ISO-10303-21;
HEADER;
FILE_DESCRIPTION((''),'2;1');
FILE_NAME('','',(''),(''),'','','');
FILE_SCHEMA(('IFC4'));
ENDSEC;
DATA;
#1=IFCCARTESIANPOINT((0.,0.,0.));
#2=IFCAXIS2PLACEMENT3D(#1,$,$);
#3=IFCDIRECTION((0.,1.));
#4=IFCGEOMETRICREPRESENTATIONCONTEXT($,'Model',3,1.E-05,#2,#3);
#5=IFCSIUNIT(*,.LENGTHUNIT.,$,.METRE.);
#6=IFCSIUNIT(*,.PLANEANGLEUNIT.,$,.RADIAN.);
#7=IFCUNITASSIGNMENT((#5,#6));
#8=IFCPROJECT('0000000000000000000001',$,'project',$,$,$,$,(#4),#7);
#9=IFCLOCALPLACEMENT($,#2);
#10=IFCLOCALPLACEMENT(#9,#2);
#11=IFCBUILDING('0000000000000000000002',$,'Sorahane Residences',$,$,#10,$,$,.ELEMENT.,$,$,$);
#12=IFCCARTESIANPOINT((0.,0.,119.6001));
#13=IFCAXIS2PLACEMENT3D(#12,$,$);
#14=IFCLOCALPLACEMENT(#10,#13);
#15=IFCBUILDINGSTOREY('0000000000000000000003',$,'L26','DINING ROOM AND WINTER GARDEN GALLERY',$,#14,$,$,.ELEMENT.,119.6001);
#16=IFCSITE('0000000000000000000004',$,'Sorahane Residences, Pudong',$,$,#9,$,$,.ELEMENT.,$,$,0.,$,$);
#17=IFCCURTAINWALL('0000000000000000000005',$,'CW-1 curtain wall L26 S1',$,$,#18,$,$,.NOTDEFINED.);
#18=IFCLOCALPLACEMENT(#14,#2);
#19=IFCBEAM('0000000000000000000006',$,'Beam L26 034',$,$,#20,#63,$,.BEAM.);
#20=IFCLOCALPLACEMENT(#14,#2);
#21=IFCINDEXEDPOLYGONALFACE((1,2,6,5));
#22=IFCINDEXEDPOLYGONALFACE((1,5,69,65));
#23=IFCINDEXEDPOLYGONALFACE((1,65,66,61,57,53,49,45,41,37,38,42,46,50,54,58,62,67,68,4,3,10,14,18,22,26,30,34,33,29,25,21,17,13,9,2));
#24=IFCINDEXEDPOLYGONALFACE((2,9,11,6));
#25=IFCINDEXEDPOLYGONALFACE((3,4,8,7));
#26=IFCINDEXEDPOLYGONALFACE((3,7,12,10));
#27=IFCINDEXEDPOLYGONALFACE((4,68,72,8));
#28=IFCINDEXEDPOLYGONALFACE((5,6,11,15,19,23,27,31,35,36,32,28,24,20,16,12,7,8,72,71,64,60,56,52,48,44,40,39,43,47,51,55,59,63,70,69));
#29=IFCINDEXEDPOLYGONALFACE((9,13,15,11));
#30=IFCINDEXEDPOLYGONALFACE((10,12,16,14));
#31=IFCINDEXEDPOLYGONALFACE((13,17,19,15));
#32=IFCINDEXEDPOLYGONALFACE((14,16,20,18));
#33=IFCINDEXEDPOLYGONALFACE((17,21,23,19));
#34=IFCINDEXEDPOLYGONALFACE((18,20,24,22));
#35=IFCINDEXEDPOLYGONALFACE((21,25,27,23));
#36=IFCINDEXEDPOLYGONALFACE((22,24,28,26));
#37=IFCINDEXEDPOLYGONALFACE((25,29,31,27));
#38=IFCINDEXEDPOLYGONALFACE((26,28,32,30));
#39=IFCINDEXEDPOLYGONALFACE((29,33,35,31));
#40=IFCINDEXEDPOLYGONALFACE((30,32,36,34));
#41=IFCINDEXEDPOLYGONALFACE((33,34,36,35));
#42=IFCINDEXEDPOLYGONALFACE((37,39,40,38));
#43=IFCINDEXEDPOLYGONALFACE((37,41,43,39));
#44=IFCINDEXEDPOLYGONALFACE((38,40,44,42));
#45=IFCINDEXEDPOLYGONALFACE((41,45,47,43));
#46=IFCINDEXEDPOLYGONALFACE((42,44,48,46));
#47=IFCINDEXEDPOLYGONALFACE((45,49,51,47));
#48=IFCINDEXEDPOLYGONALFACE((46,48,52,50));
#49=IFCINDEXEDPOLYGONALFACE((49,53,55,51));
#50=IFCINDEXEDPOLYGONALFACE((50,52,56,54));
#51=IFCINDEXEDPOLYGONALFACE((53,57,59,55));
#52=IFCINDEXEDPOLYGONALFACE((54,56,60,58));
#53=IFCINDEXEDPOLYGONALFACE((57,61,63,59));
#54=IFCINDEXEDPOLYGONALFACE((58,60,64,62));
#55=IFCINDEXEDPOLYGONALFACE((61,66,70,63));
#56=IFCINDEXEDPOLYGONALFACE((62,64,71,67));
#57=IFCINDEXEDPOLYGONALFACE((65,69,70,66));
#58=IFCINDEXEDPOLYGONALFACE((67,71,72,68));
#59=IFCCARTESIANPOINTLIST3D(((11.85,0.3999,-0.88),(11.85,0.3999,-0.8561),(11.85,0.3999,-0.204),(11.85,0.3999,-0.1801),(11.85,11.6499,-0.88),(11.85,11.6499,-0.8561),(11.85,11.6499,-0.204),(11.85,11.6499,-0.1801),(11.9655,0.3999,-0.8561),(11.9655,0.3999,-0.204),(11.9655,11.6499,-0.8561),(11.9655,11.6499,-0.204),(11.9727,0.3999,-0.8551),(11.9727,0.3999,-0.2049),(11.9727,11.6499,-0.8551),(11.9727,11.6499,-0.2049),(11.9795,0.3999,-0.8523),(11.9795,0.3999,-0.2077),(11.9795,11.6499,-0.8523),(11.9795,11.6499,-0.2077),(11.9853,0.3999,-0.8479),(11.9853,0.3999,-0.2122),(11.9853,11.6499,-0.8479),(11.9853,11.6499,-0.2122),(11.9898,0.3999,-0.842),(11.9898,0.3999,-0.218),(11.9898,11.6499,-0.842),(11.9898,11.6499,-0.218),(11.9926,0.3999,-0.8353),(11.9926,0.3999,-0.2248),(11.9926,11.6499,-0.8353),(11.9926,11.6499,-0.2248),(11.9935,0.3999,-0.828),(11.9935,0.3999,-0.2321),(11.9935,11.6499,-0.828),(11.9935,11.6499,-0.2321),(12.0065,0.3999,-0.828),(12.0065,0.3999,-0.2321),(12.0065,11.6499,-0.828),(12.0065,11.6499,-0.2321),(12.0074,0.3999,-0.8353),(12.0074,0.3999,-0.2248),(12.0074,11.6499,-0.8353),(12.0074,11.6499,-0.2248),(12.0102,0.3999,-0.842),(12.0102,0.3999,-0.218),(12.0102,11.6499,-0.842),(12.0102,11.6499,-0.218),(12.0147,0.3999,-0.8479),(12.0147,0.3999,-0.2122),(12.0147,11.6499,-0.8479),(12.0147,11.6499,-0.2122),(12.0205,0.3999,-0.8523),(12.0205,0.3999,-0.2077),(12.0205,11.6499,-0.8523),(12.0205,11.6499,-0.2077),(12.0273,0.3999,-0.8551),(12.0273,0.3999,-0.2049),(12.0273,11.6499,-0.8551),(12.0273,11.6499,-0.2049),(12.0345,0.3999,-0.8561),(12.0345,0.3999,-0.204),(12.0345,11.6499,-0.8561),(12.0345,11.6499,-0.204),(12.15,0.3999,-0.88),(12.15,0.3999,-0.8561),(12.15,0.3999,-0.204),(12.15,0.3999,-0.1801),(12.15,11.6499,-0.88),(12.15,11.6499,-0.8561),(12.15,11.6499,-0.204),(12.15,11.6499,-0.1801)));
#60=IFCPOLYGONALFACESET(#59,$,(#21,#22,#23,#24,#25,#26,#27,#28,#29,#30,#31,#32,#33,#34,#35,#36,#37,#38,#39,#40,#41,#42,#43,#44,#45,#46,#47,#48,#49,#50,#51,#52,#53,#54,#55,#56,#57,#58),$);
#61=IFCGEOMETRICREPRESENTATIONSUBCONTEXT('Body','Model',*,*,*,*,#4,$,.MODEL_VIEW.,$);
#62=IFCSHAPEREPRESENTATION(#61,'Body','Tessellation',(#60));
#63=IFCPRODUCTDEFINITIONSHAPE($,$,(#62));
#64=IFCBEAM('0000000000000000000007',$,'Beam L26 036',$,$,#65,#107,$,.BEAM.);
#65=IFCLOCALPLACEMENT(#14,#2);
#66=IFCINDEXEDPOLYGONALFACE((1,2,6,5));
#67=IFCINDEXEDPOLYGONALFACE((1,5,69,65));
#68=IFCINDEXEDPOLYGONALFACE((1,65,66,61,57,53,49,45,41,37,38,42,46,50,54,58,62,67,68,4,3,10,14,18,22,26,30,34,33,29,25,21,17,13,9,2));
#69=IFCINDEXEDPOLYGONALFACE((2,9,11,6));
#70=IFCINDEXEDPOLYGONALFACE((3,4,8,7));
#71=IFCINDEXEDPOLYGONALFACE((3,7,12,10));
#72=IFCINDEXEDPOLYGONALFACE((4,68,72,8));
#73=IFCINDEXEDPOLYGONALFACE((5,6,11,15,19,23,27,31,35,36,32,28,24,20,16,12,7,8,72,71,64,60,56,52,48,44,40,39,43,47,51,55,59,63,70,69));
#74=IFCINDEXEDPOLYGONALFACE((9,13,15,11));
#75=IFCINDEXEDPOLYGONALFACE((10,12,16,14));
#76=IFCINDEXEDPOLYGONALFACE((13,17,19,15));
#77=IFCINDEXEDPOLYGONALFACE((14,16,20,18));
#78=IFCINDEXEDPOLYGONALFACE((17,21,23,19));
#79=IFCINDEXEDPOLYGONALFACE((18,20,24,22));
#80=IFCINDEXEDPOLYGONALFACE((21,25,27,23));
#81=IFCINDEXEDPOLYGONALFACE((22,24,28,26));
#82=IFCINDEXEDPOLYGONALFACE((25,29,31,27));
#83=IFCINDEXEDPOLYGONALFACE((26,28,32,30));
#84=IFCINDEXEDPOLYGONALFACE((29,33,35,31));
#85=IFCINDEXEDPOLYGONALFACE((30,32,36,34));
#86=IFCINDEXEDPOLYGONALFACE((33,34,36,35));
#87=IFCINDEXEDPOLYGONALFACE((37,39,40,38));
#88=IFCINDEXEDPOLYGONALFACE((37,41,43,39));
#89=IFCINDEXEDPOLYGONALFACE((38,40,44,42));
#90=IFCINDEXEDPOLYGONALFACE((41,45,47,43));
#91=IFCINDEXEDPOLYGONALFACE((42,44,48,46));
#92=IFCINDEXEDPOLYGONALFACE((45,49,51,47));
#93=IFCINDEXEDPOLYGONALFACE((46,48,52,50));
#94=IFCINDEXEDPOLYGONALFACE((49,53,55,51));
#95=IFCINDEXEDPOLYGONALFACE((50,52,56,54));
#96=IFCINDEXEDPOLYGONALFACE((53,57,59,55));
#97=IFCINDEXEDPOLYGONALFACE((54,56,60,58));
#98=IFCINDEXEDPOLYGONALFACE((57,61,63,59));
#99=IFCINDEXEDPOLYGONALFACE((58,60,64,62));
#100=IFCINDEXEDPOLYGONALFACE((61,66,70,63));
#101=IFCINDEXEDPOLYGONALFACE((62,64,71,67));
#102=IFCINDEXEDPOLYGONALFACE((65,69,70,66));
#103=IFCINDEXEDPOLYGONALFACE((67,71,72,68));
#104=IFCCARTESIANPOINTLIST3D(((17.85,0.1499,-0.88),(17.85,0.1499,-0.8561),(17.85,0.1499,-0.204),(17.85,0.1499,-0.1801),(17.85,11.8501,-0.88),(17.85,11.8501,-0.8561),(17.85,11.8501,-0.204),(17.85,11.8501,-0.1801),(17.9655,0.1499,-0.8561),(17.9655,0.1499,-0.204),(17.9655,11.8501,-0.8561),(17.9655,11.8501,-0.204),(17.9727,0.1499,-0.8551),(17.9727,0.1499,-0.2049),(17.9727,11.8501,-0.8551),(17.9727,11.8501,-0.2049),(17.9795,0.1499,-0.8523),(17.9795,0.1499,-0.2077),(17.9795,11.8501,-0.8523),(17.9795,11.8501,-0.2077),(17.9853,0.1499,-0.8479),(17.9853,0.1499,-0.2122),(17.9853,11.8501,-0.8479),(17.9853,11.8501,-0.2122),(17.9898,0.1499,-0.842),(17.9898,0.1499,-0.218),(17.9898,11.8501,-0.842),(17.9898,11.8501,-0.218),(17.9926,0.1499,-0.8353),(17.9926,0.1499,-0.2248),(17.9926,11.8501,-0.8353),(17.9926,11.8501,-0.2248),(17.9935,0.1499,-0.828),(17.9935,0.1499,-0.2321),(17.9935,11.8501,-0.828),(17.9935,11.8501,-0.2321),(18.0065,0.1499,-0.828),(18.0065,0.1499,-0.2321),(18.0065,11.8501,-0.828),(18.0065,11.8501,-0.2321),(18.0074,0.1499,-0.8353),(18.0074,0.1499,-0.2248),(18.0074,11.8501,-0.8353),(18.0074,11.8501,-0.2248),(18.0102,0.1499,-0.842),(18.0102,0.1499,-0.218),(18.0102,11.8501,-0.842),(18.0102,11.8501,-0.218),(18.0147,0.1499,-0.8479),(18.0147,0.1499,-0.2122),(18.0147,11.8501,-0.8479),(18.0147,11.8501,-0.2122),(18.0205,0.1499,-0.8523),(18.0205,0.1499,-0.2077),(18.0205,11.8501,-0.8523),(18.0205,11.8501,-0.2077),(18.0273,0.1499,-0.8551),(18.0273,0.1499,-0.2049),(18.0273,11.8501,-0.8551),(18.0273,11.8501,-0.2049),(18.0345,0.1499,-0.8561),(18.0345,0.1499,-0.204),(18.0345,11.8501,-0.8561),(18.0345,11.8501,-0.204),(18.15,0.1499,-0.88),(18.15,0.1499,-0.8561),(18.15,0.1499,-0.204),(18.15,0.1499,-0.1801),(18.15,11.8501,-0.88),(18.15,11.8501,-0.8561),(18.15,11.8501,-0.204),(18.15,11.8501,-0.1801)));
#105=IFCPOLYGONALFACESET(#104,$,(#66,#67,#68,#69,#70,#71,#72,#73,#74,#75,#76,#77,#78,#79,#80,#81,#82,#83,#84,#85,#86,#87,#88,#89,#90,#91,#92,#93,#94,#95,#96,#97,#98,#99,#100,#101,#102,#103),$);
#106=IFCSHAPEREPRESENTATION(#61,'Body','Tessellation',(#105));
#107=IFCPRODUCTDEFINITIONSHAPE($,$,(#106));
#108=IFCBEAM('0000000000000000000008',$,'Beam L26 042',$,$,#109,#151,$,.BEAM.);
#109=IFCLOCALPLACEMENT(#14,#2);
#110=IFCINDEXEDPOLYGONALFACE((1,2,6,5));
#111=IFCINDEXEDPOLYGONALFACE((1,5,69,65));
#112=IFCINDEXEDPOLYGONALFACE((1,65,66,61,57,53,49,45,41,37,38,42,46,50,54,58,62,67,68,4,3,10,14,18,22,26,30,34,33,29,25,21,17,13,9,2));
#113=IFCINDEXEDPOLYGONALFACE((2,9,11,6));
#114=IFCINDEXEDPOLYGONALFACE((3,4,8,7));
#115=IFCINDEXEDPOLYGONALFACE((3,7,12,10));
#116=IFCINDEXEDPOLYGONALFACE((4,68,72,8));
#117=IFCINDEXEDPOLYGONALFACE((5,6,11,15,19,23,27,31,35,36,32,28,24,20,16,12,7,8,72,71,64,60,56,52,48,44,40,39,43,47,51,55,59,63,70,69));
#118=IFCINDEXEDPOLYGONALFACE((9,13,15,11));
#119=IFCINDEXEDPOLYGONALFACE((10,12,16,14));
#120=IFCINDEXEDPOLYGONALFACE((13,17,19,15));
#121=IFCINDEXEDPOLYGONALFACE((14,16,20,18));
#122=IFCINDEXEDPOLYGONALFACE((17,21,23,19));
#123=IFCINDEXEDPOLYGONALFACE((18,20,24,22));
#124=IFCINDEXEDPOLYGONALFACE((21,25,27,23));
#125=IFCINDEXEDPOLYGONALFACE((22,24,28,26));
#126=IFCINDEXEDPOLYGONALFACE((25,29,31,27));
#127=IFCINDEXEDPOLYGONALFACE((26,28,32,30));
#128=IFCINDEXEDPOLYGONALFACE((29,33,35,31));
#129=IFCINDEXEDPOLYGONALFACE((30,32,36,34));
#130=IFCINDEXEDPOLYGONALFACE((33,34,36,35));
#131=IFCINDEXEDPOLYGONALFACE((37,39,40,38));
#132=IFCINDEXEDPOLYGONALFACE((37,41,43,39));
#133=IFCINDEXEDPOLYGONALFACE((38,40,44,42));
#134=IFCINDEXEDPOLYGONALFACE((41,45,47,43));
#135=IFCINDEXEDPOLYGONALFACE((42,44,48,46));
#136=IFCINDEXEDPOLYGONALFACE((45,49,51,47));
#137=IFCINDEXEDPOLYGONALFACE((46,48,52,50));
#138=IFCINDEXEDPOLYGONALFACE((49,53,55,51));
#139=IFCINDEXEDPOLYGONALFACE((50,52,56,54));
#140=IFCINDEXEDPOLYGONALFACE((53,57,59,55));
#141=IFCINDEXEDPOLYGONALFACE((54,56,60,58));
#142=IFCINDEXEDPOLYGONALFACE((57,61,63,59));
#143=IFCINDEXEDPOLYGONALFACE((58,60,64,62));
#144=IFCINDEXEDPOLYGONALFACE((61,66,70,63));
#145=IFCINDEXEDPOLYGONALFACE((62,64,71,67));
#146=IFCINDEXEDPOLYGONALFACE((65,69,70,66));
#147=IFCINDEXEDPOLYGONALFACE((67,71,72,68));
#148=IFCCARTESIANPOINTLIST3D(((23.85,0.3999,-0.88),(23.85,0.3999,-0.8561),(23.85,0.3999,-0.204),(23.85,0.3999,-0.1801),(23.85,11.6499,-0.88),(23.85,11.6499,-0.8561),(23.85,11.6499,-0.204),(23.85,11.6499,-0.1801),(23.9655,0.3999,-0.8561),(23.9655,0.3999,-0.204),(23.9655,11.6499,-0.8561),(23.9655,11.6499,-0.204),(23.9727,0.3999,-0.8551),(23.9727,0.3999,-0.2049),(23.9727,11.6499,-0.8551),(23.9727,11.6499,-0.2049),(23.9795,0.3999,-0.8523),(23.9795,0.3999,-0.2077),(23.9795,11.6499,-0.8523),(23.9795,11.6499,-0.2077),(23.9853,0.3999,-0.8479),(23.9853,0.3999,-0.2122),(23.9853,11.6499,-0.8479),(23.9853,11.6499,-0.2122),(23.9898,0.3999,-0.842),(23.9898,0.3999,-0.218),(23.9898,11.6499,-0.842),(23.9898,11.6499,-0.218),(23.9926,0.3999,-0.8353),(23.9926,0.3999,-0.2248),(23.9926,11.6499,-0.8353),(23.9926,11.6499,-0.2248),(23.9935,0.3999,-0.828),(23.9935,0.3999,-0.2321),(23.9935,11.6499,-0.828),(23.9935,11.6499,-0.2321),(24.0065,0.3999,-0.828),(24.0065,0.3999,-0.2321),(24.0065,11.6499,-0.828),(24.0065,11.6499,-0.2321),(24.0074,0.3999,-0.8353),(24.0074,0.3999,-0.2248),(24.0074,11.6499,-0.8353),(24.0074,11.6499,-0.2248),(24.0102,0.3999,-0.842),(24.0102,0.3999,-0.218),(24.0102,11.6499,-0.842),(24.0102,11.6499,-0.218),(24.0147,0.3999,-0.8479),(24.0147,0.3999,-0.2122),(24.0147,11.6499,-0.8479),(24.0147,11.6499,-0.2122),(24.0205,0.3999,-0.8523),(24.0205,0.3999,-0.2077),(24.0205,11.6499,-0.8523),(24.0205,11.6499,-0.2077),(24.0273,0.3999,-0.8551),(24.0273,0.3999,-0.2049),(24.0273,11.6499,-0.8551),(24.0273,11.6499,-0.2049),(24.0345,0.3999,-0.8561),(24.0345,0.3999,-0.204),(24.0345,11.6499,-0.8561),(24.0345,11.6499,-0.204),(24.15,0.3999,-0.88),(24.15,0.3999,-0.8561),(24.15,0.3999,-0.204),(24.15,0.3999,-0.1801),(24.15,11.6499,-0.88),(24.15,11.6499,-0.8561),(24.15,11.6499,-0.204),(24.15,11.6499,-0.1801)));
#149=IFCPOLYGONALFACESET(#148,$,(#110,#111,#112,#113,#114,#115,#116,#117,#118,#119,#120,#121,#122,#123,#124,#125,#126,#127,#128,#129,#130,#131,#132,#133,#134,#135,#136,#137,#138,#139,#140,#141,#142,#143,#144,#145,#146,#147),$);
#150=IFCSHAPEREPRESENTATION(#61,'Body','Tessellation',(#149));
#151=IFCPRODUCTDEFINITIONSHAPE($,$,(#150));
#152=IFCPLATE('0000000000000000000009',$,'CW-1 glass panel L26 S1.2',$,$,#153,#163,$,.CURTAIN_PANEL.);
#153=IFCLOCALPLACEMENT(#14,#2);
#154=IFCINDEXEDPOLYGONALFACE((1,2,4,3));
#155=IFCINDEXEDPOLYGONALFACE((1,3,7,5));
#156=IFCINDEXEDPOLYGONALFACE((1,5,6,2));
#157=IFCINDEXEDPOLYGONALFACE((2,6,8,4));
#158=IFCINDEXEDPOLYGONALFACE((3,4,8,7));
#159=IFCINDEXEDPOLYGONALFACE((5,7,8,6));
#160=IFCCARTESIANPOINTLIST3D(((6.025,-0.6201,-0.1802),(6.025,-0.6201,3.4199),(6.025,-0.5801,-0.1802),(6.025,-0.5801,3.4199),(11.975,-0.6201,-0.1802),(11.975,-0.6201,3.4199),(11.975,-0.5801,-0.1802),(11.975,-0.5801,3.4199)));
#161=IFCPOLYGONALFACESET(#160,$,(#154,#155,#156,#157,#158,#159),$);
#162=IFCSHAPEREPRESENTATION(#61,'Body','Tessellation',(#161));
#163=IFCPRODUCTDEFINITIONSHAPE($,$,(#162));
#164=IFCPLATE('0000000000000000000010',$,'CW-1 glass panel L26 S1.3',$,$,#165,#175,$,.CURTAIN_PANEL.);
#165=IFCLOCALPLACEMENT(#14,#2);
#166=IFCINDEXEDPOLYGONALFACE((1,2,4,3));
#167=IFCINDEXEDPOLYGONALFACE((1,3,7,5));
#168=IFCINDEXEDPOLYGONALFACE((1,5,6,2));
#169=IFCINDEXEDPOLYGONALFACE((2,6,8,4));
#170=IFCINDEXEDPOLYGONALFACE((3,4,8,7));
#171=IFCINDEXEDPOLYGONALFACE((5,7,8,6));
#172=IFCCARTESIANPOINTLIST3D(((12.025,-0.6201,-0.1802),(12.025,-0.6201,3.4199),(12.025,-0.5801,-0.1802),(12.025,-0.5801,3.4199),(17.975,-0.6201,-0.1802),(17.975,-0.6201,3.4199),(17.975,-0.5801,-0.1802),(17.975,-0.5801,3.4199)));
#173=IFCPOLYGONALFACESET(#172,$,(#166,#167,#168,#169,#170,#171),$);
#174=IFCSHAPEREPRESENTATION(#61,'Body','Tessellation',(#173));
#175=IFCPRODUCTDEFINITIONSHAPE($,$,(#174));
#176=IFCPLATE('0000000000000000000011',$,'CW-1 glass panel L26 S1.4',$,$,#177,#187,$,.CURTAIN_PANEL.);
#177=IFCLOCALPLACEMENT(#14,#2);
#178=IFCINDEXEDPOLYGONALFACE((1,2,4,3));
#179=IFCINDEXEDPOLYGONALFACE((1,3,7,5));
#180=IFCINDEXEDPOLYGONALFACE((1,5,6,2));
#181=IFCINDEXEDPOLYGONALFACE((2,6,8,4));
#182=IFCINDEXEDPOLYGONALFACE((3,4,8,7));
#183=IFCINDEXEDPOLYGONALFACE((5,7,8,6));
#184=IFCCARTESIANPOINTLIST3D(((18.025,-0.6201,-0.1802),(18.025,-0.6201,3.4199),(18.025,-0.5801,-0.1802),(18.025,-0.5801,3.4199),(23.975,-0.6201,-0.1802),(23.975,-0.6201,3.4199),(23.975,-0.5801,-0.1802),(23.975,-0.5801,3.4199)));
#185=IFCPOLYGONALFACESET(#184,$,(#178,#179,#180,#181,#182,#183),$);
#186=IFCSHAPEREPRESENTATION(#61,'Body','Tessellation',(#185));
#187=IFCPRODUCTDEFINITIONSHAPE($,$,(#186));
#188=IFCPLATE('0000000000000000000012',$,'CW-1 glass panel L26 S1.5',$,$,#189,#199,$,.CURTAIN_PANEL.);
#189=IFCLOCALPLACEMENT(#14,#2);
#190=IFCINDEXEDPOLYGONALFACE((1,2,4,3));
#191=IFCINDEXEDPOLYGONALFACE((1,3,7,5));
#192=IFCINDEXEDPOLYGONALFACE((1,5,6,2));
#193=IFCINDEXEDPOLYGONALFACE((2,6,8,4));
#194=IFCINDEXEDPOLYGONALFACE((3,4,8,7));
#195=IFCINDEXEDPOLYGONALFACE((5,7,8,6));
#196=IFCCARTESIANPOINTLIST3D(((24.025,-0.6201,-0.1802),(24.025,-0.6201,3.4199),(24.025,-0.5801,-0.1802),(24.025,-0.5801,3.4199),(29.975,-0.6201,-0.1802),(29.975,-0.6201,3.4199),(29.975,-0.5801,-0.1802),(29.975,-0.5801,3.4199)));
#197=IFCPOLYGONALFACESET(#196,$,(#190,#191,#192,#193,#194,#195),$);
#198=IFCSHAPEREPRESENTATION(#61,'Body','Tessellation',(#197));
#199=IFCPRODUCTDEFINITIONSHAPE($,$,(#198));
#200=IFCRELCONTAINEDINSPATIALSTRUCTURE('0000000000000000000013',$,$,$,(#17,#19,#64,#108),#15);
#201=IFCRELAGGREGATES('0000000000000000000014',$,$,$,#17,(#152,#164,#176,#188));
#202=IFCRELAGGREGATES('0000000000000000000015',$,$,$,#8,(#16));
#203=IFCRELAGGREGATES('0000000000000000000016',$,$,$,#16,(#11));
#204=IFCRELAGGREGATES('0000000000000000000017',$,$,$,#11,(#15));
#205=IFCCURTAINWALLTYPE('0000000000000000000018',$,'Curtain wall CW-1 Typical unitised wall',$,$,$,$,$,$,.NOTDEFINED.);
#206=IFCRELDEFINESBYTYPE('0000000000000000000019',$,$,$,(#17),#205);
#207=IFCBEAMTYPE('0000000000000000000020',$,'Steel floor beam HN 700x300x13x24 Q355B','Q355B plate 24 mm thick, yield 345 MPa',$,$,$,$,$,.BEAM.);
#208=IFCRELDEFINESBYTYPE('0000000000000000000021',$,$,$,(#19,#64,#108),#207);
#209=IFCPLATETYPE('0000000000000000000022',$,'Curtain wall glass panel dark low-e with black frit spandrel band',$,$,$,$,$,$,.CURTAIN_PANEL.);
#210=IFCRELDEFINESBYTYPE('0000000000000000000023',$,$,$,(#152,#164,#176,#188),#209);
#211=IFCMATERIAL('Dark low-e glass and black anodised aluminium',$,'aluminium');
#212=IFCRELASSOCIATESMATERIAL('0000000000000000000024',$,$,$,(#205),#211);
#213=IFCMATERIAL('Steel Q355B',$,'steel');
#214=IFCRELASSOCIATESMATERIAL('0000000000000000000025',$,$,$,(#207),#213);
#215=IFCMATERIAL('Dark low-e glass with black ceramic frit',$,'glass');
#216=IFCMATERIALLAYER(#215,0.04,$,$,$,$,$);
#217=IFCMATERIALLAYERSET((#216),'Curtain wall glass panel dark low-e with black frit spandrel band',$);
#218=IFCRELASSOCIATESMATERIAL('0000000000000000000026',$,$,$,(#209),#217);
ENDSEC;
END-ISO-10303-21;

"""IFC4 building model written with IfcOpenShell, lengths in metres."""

from ifc_helpers import new_model, si_unit, direction, frame, origin, origin_2d, place, context, subcontext, project, spatial, rectangle, i_section, extrude, material, layer, layer_set, material_profile, profile_set, type_object, element, aggregate, save


model = new_model("IFC4")

# Units and contexts
model_context = context("Model", 3, precision=1e-05, world=origin(), true_north=direction((0.0, 1.0)))
body_context = subcontext(model_context, "Body", "Model", "MODEL_VIEW")
ifc_project = project(units=[si_unit("LENGTHUNIT", "METRE"), si_unit("PLANEANGLEUNIT", "RADIAN")], contexts=[model_context])

# Site, building, storey
site_placement = place(None, origin())
site = spatial("IfcSite", under=ifc_project, at=site_placement, Name="Sorahane Residences, Pudong", CompositionType="ELEMENT", RefElevation=0.0)
building_placement = place(site_placement, origin())
building = spatial("IfcBuilding", under=site, at=building_placement, Name="Sorahane Residences", CompositionType="ELEMENT")
storey_placement = place(building_placement, frame((0.0, 0.0, 119.6001)))
storey = spatial("IfcBuildingStorey", under=building, at=storey_placement, Name="L26", Description="DINING ROOM AND WINTER GARDEN GALLERY", CompositionType="ELEMENT", Elevation=119.6001)

# Curtain wall
ifc_material_1 = material(Name="Dark low-e glass and black anodised aluminium", Category="aluminium")
curtain_wall_type = type_object("IfcCurtainWallType", Name="Curtain wall CW-1 Typical unitised wall", PredefinedType="NOTDEFINED", material=ifc_material_1)
curtain_wall_placement = place(storey_placement, origin())
curtain_wall = element("IfcCurtainWall", 1, at=curtain_wall_placement, inside=storey, type_object=curtain_wall_type, Name="CW-1 curtain wall L26 S1", PredefinedType="NOTDEFINED")

# Beams
ifc_material_2 = material(Name="Steel Q355B", Category="steel")
ifc_material_profile_1 = material_profile(ifc_material_2, i_section(OverallWidth=0.3, OverallDepth=0.7, WebThickness=0.0129, FlangeThickness=0.0239, FilletRadius=0.0281, at=origin_2d()), Name="HN 700x300x13x24")
ifc_profile_set_1 = profile_set([ifc_material_profile_1], Name="Steel Q355B")
beam_type_1 = type_object("IfcBeamType", Name="Steel floor beam HN 700x300x13x24 Q355B", Description="Q355B plate 24 mm thick, yield 345 MPa", PredefinedType="BEAM", material=ifc_profile_set_1)
beam_1_placement = place(storey_placement, frame((12.0, 0.3999, -0.53), z_axis=(0.0, 1.0, 0.0), x_axis=(-1.0, 0.0, 0.0)))
element("IfcBeam", 2, at=beam_1_placement, inside=storey, type_object=beam_type_1, Name="Beam L26 034", PredefinedType="BEAM", context=body_context, shape_type="SweptSolid", body=[
    extrude(i_section(OverallWidth=0.3, OverallDepth=0.7, WebThickness=0.0129, FlangeThickness=0.0239, FilletRadius=0.0281, at=origin_2d()), origin(), (0.0, 0.0, 1.0), 11.25),
])
beam_2_placement = place(storey_placement, frame((18.0, 0.1499, -0.53), z_axis=(0.0, 1.0, 0.0), x_axis=(-1.0, 0.0, 0.0)))
element("IfcBeam", 3, at=beam_2_placement, inside=storey, type_object=beam_type_1, Name="Beam L26 036", PredefinedType="BEAM", context=body_context, shape_type="SweptSolid", body=[
    extrude(i_section(OverallWidth=0.3, OverallDepth=0.7, WebThickness=0.0129, FlangeThickness=0.0239, FilletRadius=0.0281, at=origin_2d()), origin(), (0.0, 0.0, 1.0), 11.7002),
])
beam_3_placement = place(storey_placement, frame((24.0, 0.3999, -0.53), z_axis=(0.0, 1.0, 0.0), x_axis=(-1.0, 0.0, 0.0)))
element("IfcBeam", 4, at=beam_3_placement, inside=storey, type_object=beam_type_1, Name="Beam L26 042", PredefinedType="BEAM", context=body_context, shape_type="SweptSolid", body=[
    extrude(i_section(OverallWidth=0.3, OverallDepth=0.7, WebThickness=0.0129, FlangeThickness=0.0239, FilletRadius=0.0281, at=origin_2d()), origin(), (0.0, 0.0, 1.0), 11.25),
])

# Plates
ifc_material_3 = material(Name="Dark low-e glass with black ceramic frit", Category="glass")
ifc_layer_1 = layer(ifc_material_3, 0.04)
ifc_layer_set_1 = layer_set([ifc_layer_1], Name="Curtain wall glass panel dark low-e with black frit spandrel band")
plate_type = type_object("IfcPlateType", Name="Curtain wall glass panel dark low-e with black frit spandrel band", PredefinedType="CURTAIN_PANEL", material=ifc_layer_set_1)
plate_1_placement = place(storey_placement, frame((9.0, -0.6001, -0.1802), z_axis=(0.0, 0.0, 1.0), x_axis=(1.0, 0.0, 0.0)))
plate_1 = element("IfcPlate", 5, at=plate_1_placement, type_object=plate_type, Name="CW-1 glass panel L26 S1.2", PredefinedType="CURTAIN_PANEL", context=body_context, shape_type="SweptSolid", body=[
    extrude(rectangle(XDim=5.95, YDim=0.04, at=origin_2d()), origin(), (0.0, 0.0, 1.0), 3.6001),
])
plate_2_placement = place(storey_placement, frame((15.0, -0.6001, -0.1802), z_axis=(0.0, 0.0, 1.0), x_axis=(1.0, 0.0, 0.0)))
plate_2 = element("IfcPlate", 6, at=plate_2_placement, type_object=plate_type, Name="CW-1 glass panel L26 S1.3", PredefinedType="CURTAIN_PANEL", context=body_context, shape_type="SweptSolid", body=[
    extrude(rectangle(XDim=5.95, YDim=0.04, at=origin_2d()), origin(), (0.0, 0.0, 1.0), 3.6001),
])
plate_3_placement = place(storey_placement, frame((21.0, -0.6001, -0.1802), z_axis=(0.0, 0.0, 1.0), x_axis=(1.0, 0.0, 0.0)))
plate_3 = element("IfcPlate", 7, at=plate_3_placement, type_object=plate_type, Name="CW-1 glass panel L26 S1.4", PredefinedType="CURTAIN_PANEL", context=body_context, shape_type="SweptSolid", body=[
    extrude(rectangle(XDim=5.95, YDim=0.04, at=origin_2d()), origin(), (0.0, 0.0, 1.0), 3.6001),
])
plate_4_placement = place(storey_placement, frame((27.0, -0.6001, -0.1802), z_axis=(0.0, 0.0, 1.0), x_axis=(1.0, 0.0, 0.0)))
plate_4 = element("IfcPlate", 8, at=plate_4_placement, type_object=plate_type, Name="CW-1 glass panel L26 S1.5", PredefinedType="CURTAIN_PANEL", context=body_context, shape_type="SweptSolid", body=[
    extrude(rectangle(XDim=5.95, YDim=0.04, at=origin_2d()), origin(), (0.0, 0.0, 1.0), 3.6001),
])
aggregate(curtain_wall, [plate_1, plate_2, plate_3, plate_4])

save(model, "model.ifc")
